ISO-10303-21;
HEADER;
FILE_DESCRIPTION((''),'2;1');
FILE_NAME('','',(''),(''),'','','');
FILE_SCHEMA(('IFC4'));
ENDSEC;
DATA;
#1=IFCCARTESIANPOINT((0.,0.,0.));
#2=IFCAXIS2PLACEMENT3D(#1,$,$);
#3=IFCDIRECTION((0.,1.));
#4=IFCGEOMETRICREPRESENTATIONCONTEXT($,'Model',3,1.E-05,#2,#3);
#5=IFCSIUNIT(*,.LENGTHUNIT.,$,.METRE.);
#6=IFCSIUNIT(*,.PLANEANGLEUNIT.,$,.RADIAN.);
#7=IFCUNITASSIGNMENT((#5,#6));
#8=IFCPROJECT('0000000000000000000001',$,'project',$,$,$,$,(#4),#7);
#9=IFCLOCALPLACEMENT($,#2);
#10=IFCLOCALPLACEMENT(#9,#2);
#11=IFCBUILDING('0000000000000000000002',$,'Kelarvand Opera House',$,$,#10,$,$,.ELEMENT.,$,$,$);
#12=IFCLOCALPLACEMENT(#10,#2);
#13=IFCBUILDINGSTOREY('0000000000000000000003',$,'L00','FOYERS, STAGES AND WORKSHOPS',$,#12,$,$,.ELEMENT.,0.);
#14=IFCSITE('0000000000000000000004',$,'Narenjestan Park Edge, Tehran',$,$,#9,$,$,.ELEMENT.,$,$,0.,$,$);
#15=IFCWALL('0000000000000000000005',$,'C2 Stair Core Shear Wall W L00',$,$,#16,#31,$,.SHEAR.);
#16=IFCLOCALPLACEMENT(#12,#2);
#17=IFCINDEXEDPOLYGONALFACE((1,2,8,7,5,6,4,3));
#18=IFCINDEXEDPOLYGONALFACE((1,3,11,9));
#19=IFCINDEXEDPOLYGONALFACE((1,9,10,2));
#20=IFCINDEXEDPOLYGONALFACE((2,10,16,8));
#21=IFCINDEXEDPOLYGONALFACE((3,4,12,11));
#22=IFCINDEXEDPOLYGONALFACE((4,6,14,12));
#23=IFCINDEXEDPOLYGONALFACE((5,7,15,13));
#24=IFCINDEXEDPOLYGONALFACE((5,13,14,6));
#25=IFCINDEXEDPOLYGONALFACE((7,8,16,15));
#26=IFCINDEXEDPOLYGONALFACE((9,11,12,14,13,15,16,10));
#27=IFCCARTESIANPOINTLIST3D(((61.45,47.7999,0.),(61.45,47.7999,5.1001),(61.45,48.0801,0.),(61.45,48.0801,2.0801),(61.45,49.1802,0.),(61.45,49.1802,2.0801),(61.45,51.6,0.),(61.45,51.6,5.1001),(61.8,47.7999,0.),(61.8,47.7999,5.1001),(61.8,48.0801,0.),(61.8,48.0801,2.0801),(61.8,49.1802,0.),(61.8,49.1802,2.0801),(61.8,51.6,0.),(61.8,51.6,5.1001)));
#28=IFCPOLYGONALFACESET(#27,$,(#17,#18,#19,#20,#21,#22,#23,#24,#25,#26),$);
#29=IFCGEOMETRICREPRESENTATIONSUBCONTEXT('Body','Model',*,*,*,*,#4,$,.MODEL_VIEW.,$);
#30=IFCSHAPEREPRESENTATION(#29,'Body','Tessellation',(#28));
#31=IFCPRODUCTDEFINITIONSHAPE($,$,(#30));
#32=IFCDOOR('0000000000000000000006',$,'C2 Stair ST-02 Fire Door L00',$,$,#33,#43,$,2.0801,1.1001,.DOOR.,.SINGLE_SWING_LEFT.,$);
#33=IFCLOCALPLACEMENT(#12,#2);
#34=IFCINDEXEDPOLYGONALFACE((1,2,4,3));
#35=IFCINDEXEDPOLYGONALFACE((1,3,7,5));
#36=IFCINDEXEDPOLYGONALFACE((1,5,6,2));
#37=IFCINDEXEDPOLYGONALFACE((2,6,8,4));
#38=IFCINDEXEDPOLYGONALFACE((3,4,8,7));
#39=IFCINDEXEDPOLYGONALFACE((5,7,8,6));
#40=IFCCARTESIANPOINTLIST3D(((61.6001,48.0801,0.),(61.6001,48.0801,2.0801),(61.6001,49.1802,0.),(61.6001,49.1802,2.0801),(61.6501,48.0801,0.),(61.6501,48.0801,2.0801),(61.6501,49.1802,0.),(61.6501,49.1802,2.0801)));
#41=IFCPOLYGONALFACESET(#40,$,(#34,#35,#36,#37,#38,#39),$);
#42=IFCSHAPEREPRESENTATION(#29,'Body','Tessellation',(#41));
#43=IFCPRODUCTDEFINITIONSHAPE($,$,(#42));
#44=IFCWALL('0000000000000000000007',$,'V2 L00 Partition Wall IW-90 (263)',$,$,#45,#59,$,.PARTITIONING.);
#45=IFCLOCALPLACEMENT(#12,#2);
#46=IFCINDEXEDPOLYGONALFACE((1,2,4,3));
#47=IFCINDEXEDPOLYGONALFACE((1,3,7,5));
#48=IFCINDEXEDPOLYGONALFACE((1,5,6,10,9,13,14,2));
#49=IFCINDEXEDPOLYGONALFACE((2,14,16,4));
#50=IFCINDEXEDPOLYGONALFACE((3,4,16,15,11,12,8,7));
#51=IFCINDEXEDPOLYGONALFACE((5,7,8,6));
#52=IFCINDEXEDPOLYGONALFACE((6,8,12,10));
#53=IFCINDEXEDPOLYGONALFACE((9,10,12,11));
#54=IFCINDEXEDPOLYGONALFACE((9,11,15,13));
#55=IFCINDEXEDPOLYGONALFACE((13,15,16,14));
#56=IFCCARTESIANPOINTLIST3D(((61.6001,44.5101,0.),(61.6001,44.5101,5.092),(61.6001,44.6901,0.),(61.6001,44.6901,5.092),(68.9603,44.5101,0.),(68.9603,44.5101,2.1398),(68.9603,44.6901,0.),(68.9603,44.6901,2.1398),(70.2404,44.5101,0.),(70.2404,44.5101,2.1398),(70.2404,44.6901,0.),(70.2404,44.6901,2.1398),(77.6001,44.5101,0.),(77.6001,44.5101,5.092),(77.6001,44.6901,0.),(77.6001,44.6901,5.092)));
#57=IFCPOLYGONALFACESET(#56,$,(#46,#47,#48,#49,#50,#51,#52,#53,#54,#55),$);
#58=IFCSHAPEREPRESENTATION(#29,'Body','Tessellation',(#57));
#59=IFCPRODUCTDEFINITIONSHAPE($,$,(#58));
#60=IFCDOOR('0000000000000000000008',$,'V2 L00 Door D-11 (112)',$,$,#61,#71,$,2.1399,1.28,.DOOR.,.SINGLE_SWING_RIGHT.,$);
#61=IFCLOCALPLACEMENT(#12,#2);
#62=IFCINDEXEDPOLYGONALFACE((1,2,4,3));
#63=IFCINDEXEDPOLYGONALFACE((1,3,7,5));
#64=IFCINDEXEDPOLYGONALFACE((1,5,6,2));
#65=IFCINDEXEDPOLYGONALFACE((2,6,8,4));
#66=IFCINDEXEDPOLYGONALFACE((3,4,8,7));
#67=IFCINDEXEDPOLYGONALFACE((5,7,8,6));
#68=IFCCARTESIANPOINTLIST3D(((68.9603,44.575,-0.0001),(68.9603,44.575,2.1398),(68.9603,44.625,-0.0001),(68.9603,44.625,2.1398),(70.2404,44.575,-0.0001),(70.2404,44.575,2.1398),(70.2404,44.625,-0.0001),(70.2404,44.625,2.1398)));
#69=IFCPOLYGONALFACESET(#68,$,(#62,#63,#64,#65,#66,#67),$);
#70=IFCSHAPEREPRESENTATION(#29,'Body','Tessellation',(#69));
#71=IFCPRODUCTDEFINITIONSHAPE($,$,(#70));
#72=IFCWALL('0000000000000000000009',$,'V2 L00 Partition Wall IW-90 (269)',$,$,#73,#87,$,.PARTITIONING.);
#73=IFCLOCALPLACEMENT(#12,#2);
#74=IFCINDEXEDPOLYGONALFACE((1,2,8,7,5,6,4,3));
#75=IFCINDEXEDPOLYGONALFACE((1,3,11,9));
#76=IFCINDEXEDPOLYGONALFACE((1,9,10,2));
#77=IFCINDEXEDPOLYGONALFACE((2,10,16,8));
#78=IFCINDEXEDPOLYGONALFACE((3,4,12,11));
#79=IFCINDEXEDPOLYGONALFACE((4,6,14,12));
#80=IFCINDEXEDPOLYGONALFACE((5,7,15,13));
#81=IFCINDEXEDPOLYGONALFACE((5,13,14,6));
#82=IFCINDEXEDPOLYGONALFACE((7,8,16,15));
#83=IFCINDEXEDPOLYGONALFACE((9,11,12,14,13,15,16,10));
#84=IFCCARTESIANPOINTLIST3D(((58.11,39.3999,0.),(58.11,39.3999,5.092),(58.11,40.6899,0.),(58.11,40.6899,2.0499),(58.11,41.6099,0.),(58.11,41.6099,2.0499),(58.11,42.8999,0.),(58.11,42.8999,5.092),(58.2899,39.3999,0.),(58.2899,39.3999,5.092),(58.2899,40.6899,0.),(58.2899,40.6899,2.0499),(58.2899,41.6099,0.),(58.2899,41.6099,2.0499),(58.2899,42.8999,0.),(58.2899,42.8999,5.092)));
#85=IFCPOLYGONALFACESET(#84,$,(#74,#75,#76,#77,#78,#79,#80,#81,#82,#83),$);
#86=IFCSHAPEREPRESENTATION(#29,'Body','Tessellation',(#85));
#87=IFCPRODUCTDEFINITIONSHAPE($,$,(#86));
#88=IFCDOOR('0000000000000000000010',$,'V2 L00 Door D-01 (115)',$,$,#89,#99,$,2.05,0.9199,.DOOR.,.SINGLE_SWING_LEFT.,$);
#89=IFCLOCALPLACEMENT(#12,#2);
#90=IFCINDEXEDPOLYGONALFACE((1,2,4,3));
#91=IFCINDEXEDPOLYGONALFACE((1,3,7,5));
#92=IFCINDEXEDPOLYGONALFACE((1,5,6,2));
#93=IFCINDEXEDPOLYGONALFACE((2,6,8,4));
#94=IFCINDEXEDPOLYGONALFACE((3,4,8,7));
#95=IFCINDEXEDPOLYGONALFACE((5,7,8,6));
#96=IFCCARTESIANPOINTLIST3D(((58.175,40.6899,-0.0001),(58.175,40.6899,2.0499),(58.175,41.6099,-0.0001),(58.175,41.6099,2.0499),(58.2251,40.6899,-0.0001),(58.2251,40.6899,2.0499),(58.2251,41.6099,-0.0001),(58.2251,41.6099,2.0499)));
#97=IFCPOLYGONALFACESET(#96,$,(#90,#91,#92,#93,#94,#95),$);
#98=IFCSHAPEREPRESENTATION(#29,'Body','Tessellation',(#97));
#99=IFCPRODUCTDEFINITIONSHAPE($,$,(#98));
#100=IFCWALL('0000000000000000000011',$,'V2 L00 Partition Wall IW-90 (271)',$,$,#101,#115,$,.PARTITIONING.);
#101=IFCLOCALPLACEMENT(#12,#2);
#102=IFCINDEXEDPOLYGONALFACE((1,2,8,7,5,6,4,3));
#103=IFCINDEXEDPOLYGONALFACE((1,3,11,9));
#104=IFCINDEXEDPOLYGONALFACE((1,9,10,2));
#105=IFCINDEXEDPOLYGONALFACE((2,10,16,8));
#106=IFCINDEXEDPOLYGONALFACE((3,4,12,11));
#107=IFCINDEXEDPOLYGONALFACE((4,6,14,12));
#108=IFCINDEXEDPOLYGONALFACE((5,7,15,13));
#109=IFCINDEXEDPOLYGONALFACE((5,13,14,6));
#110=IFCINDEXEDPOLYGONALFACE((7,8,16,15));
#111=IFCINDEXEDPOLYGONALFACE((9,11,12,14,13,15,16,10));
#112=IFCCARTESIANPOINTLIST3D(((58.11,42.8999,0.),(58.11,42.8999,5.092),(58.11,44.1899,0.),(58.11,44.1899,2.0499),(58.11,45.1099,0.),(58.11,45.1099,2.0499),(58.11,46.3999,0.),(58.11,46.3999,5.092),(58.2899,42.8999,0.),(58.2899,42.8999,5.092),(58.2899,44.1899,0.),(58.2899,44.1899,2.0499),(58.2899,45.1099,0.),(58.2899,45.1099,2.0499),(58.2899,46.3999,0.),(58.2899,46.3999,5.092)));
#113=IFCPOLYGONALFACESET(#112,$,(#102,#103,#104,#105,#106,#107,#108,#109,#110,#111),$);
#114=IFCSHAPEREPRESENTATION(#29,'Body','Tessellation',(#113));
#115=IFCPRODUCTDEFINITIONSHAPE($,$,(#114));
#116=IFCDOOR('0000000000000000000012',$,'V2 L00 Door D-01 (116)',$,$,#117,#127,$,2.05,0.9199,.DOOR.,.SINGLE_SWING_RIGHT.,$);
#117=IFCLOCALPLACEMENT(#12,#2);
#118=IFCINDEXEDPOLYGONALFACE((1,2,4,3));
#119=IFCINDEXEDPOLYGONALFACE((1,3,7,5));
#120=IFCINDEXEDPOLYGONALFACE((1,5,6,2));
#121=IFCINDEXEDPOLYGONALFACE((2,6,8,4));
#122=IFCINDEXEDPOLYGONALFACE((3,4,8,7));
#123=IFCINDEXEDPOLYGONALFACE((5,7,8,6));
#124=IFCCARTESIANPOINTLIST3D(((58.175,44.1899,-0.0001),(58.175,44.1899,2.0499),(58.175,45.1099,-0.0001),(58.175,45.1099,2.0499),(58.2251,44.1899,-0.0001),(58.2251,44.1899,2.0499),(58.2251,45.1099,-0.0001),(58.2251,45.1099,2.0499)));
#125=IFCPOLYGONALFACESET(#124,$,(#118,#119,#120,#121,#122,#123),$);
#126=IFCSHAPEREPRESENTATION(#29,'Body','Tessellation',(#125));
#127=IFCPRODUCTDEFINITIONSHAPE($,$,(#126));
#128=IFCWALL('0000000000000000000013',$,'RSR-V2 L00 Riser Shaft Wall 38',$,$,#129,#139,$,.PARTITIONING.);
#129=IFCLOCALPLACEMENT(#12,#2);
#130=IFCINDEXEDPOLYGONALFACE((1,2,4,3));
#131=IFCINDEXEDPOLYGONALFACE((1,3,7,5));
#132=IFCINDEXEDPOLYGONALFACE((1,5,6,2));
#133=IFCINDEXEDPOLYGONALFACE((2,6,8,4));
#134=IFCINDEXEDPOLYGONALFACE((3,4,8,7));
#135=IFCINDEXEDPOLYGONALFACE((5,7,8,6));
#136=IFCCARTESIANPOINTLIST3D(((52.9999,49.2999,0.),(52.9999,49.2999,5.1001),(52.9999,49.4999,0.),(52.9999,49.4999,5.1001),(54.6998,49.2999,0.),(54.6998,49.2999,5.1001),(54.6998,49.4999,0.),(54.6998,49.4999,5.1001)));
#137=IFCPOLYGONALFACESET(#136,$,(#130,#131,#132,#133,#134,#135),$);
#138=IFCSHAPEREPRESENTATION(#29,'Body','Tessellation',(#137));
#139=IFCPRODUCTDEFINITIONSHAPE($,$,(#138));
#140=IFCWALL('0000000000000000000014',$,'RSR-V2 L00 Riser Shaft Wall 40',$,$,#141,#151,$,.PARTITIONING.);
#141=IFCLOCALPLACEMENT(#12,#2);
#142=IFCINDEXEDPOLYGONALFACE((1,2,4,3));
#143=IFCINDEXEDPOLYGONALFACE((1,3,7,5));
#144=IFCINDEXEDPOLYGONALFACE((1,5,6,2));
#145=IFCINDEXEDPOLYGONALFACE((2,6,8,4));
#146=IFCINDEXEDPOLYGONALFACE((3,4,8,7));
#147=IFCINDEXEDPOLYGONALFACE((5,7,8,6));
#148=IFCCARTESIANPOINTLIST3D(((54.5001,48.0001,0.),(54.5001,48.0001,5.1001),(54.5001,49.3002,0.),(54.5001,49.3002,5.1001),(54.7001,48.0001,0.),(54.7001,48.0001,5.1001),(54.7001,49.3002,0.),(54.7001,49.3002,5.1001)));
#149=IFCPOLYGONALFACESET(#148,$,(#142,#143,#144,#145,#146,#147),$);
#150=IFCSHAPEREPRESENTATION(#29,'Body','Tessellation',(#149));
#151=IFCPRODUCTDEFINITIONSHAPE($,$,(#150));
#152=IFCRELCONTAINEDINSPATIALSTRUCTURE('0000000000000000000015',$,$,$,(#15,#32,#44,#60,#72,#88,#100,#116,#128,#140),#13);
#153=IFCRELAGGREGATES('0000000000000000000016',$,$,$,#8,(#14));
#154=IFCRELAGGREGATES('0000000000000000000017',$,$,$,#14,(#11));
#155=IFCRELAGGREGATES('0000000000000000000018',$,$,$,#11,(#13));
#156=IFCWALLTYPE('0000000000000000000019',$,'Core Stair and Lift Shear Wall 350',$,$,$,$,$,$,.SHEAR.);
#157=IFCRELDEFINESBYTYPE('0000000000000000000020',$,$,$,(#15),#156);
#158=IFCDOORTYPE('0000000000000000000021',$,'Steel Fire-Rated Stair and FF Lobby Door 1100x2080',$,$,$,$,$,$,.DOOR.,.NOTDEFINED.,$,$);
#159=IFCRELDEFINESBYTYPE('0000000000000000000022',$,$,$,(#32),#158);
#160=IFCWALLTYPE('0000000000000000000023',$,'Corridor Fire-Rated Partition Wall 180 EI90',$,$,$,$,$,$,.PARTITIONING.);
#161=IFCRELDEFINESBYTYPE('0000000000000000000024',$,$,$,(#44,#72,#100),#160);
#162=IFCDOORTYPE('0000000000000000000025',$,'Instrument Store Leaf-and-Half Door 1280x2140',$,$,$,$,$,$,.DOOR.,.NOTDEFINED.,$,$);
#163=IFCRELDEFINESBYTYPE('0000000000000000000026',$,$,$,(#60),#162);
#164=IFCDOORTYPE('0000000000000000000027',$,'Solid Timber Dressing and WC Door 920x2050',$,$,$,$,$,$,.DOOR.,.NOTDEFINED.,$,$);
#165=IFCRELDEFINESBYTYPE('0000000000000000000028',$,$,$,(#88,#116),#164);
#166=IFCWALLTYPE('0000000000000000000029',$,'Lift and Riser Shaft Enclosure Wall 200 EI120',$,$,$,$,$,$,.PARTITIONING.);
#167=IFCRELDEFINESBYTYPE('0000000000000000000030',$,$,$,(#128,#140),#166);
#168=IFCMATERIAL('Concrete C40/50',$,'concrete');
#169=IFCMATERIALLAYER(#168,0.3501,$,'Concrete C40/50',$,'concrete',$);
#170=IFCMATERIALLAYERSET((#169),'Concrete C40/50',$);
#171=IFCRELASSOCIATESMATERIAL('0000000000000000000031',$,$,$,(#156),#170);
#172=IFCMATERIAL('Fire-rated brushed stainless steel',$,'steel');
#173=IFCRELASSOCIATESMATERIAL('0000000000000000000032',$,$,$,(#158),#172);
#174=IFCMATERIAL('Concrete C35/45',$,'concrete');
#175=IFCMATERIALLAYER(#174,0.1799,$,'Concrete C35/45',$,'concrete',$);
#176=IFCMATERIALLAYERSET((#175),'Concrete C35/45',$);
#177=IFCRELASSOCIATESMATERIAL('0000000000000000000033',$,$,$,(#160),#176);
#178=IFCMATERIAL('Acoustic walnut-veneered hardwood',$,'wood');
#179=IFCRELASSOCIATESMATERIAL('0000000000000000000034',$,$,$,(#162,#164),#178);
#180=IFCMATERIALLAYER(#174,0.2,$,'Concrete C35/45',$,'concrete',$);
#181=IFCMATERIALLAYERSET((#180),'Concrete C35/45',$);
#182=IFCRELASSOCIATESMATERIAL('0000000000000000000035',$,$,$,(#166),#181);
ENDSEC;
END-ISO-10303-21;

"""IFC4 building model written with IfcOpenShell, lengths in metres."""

from ifc_helpers import new_model, si_unit, direction, frame, frame_2d, origin, place, context, subcontext, project, spatial, rectangle, extrude, material, layer, layer_set, type_object, element, fill, save


model = new_model("IFC4")

# Units and contexts
model_context = context("Model", 3, precision=1e-05, world=origin(), true_north=direction((0.0, 1.0)))
body_context = subcontext(model_context, "Body", "Model", "MODEL_VIEW")
ifc_project = project(units=[si_unit("LENGTHUNIT", "METRE"), si_unit("PLANEANGLEUNIT", "RADIAN")], contexts=[model_context])

# Site, building, storey
site_placement = place(None, origin())
site = spatial("IfcSite", under=ifc_project, at=site_placement, Name="Narenjestan Park Edge, Tehran", CompositionType="ELEMENT", RefElevation=0.0)
building_placement = place(site_placement, origin())
building = spatial("IfcBuilding", under=site, at=building_placement, Name="Kelarvand Opera House", CompositionType="ELEMENT")
storey_placement = place(building_placement, origin())
storey = spatial("IfcBuildingStorey", under=building, at=storey_placement, Name="L00", Description="FOYERS, STAGES AND WORKSHOPS", CompositionType="ELEMENT", Elevation=0.0)

# Shared definitions
ifc_material_1 = material(Name="Concrete C40/50", Category="concrete")

# Shared definitions
ifc_material_2 = material(Name="Concrete C35/45", Category="concrete")

# Shared definitions
ifc_layer_1 = layer(ifc_material_1, 0.3501, Name="Concrete C40/50", Category="concrete")
ifc_layer_set_1 = layer_set([ifc_layer_1], Name="Concrete C40/50")
wall_type_1 = type_object("IfcWallType", Name="Core Stair and Lift Shear Wall 350", PredefinedType="SHEAR", material=ifc_layer_set_1)

# Walls, openings, doors
wall_1_placement = place(storey_placement, frame((61.625, 47.8, 0.0), z_axis=(0.0, 0.0, 1.0), x_axis=(0.0, 1.0, 0.0)))
wall_1 = element("IfcWall", 1, at=wall_1_placement, inside=storey, type_object=wall_type_1, Name="C2 Stair Core Shear Wall W L00", PredefinedType="SHEAR", context=body_context, shape_type="SweptSolid", body=[
    extrude(rectangle(XDim=3.8, YDim=0.3501, at=frame_2d((1.8999, 0.0))), origin(), (0.0, 0.0, 1.0), 5.1001),
])
opening_1_placement = place(wall_1_placement, frame((0.28, 0.0, 0.0)))
opening_1 = element("IfcOpeningElement", 2, at=opening_1_placement, cuts=wall_1, PredefinedType="OPENING", context=body_context, shape_type="SweptSolid", body=[
    extrude(rectangle(XDim=1.1001, YDim=2.0801, at=frame_2d((0.55, 1.04))), frame((0.0, 0.1851, 0.0), z_axis=(0.0, -1.0, 0.0), x_axis=(1.0, 0.0, 0.0)), (0.0, 0.0, 1.0), 0.3701),
])
ifc_material_3 = material(Name="Fire-rated brushed stainless steel", Category="steel")
door_type_1 = type_object("IfcDoorType", Name="Steel Fire-Rated Stair and FF Lobby Door 1100x2080", OperationType="NOTDEFINED", PredefinedType="DOOR", material=ifc_material_3)
door_1_placement = place(opening_1_placement, origin())
door_1 = element("IfcDoor", 3, at=door_1_placement, inside=storey, type_object=door_type_1, Name="C2 Stair ST-02 Fire Door L00", OperationType="SINGLE_SWING_LEFT", OverallHeight=2.0801, OverallWidth=1.1001, PredefinedType="DOOR", context=body_context, shape_type="SweptSolid", body=[
    extrude(rectangle(XDim=1.1001, YDim=2.0801, at=frame_2d((0.55, 1.04))), frame((0.0, 0.0249, 0.0), z_axis=(0.0, -1.0, 0.0), x_axis=(1.0, 0.0, 0.0)), (0.0, 0.0, 1.0), 0.05),
])
fill(opening_1, door_1)
ifc_layer_2 = layer(ifc_material_2, 0.1799, Name="Concrete C35/45", Category="concrete")
ifc_layer_set_2 = layer_set([ifc_layer_2], Name="Concrete C35/45")
wall_type_2 = type_object("IfcWallType", Name="Corridor Fire-Rated Partition Wall 180 EI90", PredefinedType="PARTITIONING", material=ifc_layer_set_2)
wall_2_placement = place(storey_placement, frame((61.6001, 44.6001, 0.0), z_axis=(0.0, 0.0, 1.0), x_axis=(1.0, 0.0, 0.0)))
wall_2 = element("IfcWall", 4, at=wall_2_placement, inside=storey, type_object=wall_type_2, Name="V2 L00 Partition Wall IW-90 (263)", PredefinedType="PARTITIONING", context=body_context, shape_type="SweptSolid", body=[
    extrude(rectangle(XDim=16.0, YDim=0.1799, at=frame_2d((8.0, 0.0))), origin(), (0.0, 0.0, 1.0), 5.092),
])
opening_2_placement = place(wall_2_placement, frame((7.3601, 0.0, 0.0)))
opening_2 = element("IfcOpeningElement", 5, at=opening_2_placement, cuts=wall_2, PredefinedType="OPENING", context=body_context, shape_type="SweptSolid", body=[
    extrude(rectangle(XDim=1.28, YDim=2.1399, at=frame_2d((0.6401, 1.0698))), frame((0.0, 0.1001, 0.0), z_axis=(0.0, -1.0, 0.0), x_axis=(1.0, 0.0, 0.0)), (0.0, 0.0, 1.0), 0.2),
])
ifc_material_4 = material(Name="Acoustic walnut-veneered hardwood", Category="wood")
door_type_2 = type_object("IfcDoorType", Name="Instrument Store Leaf-and-Half Door 1280x2140", OperationType="NOTDEFINED", PredefinedType="DOOR", material=ifc_material_4)
door_2_placement = place(opening_2_placement, origin())
door_2 = element("IfcDoor", 6, at=door_2_placement, inside=storey, type_object=door_type_2, Name="V2 L00 Door D-11 (112)", OperationType="SINGLE_SWING_RIGHT", OverallHeight=2.1399, OverallWidth=1.28, PredefinedType="DOOR", context=body_context, shape_type="SweptSolid", body=[
    extrude(rectangle(XDim=1.28, YDim=2.1399, at=frame_2d((0.6401, 1.0698))), frame((0.0, 0.0249, 0.0), z_axis=(0.0, -1.0, 0.0), x_axis=(1.0, 0.0, 0.0)), (0.0, 0.0, 1.0), 0.05),
])
fill(opening_2, door_2)
wall_3_placement = place(storey_placement, frame((58.2, 39.3999, 0.0), z_axis=(0.0, 0.0, 1.0), x_axis=(0.0, 1.0, 0.0)))
wall_3 = element("IfcWall", 7, at=wall_3_placement, inside=storey, type_object=wall_type_2, Name="V2 L00 Partition Wall IW-90 (269)", PredefinedType="PARTITIONING", context=body_context, shape_type="SweptSolid", body=[
    extrude(rectangle(XDim=3.5, YDim=0.1799, at=frame_2d((1.75, 0.0))), origin(), (0.0, 0.0, 1.0), 5.092),
])
opening_3_placement = place(wall_3_placement, frame((1.29, 0.0, 0.0)))
opening_3 = element("IfcOpeningElement", 8, at=opening_3_placement, cuts=wall_3, PredefinedType="OPENING", context=body_context, shape_type="SweptSolid", body=[
    extrude(rectangle(XDim=0.9199, YDim=2.05, at=frame_2d((0.46, 1.0249))), frame((0.0, 0.1001, 0.0), z_axis=(0.0, -1.0, 0.0), x_axis=(1.0, 0.0, 0.0)), (0.0, 0.0, 1.0), 0.2),
])
door_type_3 = type_object("IfcDoorType", Name="Solid Timber Dressing and WC Door 920x2050", OperationType="NOTDEFINED", PredefinedType="DOOR", material=ifc_material_4)
door_3_placement = place(opening_3_placement, origin())
door_3 = element("IfcDoor", 9, at=door_3_placement, inside=storey, type_object=door_type_3, Name="V2 L00 Door D-01 (115)", OperationType="SINGLE_SWING_LEFT", OverallHeight=2.05, OverallWidth=0.9199, PredefinedType="DOOR", context=body_context, shape_type="SweptSolid", body=[
    extrude(rectangle(XDim=0.9199, YDim=2.05, at=frame_2d((0.46, 1.0249))), frame((0.0, 0.0249, 0.0), z_axis=(0.0, -1.0, 0.0), x_axis=(1.0, 0.0, 0.0)), (0.0, 0.0, 1.0), 0.05),
])
fill(opening_3, door_3)
wall_4_placement = place(storey_placement, frame((58.2, 42.8999, 0.0), z_axis=(0.0, 0.0, 1.0), x_axis=(0.0, 1.0, 0.0)))
wall_4 = element("IfcWall", 10, at=wall_4_placement, inside=storey, type_object=wall_type_2, Name="V2 L00 Partition Wall IW-90 (271)", PredefinedType="PARTITIONING", context=body_context, shape_type="SweptSolid", body=[
    extrude(rectangle(XDim=3.5, YDim=0.1799, at=frame_2d((1.75, 0.0))), origin(), (0.0, 0.0, 1.0), 5.092),
])
opening_4_placement = place(wall_4_placement, frame((1.29, 0.0, 0.0)))
opening_4 = element("IfcOpeningElement", 11, at=opening_4_placement, cuts=wall_4, PredefinedType="OPENING", context=body_context, shape_type="SweptSolid", body=[
    extrude(rectangle(XDim=0.9199, YDim=2.05, at=frame_2d((0.46, 1.0249))), frame((0.0, 0.1001, 0.0), z_axis=(0.0, -1.0, 0.0), x_axis=(1.0, 0.0, 0.0)), (0.0, 0.0, 1.0), 0.2),
])
door_4_placement = place(opening_4_placement, origin())
door_4 = element("IfcDoor", 12, at=door_4_placement, inside=storey, type_object=door_type_3, Name="V2 L00 Door D-01 (116)", OperationType="SINGLE_SWING_RIGHT", OverallHeight=2.05, OverallWidth=0.9199, PredefinedType="DOOR", context=body_context, shape_type="SweptSolid", body=[
    extrude(rectangle(XDim=0.9199, YDim=2.05, at=frame_2d((0.46, 1.0249))), frame((0.0, 0.0249, 0.0), z_axis=(0.0, -1.0, 0.0), x_axis=(1.0, 0.0, 0.0)), (0.0, 0.0, 1.0), 0.05),
])
fill(opening_4, door_4)

# Walls
ifc_layer_3 = layer(ifc_material_2, 0.2, Name="Concrete C35/45", Category="concrete")
ifc_layer_set_3 = layer_set([ifc_layer_3], Name="Concrete C35/45")
wall_type_3 = type_object("IfcWallType", Name="Lift and Riser Shaft Enclosure Wall 200 EI120", PredefinedType="PARTITIONING", material=ifc_layer_set_3)
wall_5_placement = place(storey_placement, frame((54.7, 49.3999, 0.0), z_axis=(0.0, 0.0, 1.0), x_axis=(-1.0, 0.0, 0.0)))
element("IfcWall", 13, at=wall_5_placement, inside=storey, type_object=wall_type_3, Name="RSR-V2 L00 Riser Shaft Wall 38", PredefinedType="PARTITIONING", context=body_context, shape_type="SweptSolid", body=[
    extrude(rectangle(XDim=1.7, YDim=0.2, at=frame_2d((0.8501, 0.0))), origin(), (0.0, 0.0, 1.0), 5.1001),
])
wall_6_placement = place(storey_placement, frame((54.6001, 49.3, 0.0), z_axis=(0.0, 0.0, 1.0), x_axis=(0.0, -1.0, 0.0)))
element("IfcWall", 14, at=wall_6_placement, inside=storey, type_object=wall_type_3, Name="RSR-V2 L00 Riser Shaft Wall 40", PredefinedType="PARTITIONING", context=body_context, shape_type="SweptSolid", body=[
    extrude(rectangle(XDim=1.3, YDim=0.2, at=frame_2d((0.6499, 0.0))), origin(), (0.0, 0.0, 1.0), 5.1001),
])

save(model, "model.ifc")
